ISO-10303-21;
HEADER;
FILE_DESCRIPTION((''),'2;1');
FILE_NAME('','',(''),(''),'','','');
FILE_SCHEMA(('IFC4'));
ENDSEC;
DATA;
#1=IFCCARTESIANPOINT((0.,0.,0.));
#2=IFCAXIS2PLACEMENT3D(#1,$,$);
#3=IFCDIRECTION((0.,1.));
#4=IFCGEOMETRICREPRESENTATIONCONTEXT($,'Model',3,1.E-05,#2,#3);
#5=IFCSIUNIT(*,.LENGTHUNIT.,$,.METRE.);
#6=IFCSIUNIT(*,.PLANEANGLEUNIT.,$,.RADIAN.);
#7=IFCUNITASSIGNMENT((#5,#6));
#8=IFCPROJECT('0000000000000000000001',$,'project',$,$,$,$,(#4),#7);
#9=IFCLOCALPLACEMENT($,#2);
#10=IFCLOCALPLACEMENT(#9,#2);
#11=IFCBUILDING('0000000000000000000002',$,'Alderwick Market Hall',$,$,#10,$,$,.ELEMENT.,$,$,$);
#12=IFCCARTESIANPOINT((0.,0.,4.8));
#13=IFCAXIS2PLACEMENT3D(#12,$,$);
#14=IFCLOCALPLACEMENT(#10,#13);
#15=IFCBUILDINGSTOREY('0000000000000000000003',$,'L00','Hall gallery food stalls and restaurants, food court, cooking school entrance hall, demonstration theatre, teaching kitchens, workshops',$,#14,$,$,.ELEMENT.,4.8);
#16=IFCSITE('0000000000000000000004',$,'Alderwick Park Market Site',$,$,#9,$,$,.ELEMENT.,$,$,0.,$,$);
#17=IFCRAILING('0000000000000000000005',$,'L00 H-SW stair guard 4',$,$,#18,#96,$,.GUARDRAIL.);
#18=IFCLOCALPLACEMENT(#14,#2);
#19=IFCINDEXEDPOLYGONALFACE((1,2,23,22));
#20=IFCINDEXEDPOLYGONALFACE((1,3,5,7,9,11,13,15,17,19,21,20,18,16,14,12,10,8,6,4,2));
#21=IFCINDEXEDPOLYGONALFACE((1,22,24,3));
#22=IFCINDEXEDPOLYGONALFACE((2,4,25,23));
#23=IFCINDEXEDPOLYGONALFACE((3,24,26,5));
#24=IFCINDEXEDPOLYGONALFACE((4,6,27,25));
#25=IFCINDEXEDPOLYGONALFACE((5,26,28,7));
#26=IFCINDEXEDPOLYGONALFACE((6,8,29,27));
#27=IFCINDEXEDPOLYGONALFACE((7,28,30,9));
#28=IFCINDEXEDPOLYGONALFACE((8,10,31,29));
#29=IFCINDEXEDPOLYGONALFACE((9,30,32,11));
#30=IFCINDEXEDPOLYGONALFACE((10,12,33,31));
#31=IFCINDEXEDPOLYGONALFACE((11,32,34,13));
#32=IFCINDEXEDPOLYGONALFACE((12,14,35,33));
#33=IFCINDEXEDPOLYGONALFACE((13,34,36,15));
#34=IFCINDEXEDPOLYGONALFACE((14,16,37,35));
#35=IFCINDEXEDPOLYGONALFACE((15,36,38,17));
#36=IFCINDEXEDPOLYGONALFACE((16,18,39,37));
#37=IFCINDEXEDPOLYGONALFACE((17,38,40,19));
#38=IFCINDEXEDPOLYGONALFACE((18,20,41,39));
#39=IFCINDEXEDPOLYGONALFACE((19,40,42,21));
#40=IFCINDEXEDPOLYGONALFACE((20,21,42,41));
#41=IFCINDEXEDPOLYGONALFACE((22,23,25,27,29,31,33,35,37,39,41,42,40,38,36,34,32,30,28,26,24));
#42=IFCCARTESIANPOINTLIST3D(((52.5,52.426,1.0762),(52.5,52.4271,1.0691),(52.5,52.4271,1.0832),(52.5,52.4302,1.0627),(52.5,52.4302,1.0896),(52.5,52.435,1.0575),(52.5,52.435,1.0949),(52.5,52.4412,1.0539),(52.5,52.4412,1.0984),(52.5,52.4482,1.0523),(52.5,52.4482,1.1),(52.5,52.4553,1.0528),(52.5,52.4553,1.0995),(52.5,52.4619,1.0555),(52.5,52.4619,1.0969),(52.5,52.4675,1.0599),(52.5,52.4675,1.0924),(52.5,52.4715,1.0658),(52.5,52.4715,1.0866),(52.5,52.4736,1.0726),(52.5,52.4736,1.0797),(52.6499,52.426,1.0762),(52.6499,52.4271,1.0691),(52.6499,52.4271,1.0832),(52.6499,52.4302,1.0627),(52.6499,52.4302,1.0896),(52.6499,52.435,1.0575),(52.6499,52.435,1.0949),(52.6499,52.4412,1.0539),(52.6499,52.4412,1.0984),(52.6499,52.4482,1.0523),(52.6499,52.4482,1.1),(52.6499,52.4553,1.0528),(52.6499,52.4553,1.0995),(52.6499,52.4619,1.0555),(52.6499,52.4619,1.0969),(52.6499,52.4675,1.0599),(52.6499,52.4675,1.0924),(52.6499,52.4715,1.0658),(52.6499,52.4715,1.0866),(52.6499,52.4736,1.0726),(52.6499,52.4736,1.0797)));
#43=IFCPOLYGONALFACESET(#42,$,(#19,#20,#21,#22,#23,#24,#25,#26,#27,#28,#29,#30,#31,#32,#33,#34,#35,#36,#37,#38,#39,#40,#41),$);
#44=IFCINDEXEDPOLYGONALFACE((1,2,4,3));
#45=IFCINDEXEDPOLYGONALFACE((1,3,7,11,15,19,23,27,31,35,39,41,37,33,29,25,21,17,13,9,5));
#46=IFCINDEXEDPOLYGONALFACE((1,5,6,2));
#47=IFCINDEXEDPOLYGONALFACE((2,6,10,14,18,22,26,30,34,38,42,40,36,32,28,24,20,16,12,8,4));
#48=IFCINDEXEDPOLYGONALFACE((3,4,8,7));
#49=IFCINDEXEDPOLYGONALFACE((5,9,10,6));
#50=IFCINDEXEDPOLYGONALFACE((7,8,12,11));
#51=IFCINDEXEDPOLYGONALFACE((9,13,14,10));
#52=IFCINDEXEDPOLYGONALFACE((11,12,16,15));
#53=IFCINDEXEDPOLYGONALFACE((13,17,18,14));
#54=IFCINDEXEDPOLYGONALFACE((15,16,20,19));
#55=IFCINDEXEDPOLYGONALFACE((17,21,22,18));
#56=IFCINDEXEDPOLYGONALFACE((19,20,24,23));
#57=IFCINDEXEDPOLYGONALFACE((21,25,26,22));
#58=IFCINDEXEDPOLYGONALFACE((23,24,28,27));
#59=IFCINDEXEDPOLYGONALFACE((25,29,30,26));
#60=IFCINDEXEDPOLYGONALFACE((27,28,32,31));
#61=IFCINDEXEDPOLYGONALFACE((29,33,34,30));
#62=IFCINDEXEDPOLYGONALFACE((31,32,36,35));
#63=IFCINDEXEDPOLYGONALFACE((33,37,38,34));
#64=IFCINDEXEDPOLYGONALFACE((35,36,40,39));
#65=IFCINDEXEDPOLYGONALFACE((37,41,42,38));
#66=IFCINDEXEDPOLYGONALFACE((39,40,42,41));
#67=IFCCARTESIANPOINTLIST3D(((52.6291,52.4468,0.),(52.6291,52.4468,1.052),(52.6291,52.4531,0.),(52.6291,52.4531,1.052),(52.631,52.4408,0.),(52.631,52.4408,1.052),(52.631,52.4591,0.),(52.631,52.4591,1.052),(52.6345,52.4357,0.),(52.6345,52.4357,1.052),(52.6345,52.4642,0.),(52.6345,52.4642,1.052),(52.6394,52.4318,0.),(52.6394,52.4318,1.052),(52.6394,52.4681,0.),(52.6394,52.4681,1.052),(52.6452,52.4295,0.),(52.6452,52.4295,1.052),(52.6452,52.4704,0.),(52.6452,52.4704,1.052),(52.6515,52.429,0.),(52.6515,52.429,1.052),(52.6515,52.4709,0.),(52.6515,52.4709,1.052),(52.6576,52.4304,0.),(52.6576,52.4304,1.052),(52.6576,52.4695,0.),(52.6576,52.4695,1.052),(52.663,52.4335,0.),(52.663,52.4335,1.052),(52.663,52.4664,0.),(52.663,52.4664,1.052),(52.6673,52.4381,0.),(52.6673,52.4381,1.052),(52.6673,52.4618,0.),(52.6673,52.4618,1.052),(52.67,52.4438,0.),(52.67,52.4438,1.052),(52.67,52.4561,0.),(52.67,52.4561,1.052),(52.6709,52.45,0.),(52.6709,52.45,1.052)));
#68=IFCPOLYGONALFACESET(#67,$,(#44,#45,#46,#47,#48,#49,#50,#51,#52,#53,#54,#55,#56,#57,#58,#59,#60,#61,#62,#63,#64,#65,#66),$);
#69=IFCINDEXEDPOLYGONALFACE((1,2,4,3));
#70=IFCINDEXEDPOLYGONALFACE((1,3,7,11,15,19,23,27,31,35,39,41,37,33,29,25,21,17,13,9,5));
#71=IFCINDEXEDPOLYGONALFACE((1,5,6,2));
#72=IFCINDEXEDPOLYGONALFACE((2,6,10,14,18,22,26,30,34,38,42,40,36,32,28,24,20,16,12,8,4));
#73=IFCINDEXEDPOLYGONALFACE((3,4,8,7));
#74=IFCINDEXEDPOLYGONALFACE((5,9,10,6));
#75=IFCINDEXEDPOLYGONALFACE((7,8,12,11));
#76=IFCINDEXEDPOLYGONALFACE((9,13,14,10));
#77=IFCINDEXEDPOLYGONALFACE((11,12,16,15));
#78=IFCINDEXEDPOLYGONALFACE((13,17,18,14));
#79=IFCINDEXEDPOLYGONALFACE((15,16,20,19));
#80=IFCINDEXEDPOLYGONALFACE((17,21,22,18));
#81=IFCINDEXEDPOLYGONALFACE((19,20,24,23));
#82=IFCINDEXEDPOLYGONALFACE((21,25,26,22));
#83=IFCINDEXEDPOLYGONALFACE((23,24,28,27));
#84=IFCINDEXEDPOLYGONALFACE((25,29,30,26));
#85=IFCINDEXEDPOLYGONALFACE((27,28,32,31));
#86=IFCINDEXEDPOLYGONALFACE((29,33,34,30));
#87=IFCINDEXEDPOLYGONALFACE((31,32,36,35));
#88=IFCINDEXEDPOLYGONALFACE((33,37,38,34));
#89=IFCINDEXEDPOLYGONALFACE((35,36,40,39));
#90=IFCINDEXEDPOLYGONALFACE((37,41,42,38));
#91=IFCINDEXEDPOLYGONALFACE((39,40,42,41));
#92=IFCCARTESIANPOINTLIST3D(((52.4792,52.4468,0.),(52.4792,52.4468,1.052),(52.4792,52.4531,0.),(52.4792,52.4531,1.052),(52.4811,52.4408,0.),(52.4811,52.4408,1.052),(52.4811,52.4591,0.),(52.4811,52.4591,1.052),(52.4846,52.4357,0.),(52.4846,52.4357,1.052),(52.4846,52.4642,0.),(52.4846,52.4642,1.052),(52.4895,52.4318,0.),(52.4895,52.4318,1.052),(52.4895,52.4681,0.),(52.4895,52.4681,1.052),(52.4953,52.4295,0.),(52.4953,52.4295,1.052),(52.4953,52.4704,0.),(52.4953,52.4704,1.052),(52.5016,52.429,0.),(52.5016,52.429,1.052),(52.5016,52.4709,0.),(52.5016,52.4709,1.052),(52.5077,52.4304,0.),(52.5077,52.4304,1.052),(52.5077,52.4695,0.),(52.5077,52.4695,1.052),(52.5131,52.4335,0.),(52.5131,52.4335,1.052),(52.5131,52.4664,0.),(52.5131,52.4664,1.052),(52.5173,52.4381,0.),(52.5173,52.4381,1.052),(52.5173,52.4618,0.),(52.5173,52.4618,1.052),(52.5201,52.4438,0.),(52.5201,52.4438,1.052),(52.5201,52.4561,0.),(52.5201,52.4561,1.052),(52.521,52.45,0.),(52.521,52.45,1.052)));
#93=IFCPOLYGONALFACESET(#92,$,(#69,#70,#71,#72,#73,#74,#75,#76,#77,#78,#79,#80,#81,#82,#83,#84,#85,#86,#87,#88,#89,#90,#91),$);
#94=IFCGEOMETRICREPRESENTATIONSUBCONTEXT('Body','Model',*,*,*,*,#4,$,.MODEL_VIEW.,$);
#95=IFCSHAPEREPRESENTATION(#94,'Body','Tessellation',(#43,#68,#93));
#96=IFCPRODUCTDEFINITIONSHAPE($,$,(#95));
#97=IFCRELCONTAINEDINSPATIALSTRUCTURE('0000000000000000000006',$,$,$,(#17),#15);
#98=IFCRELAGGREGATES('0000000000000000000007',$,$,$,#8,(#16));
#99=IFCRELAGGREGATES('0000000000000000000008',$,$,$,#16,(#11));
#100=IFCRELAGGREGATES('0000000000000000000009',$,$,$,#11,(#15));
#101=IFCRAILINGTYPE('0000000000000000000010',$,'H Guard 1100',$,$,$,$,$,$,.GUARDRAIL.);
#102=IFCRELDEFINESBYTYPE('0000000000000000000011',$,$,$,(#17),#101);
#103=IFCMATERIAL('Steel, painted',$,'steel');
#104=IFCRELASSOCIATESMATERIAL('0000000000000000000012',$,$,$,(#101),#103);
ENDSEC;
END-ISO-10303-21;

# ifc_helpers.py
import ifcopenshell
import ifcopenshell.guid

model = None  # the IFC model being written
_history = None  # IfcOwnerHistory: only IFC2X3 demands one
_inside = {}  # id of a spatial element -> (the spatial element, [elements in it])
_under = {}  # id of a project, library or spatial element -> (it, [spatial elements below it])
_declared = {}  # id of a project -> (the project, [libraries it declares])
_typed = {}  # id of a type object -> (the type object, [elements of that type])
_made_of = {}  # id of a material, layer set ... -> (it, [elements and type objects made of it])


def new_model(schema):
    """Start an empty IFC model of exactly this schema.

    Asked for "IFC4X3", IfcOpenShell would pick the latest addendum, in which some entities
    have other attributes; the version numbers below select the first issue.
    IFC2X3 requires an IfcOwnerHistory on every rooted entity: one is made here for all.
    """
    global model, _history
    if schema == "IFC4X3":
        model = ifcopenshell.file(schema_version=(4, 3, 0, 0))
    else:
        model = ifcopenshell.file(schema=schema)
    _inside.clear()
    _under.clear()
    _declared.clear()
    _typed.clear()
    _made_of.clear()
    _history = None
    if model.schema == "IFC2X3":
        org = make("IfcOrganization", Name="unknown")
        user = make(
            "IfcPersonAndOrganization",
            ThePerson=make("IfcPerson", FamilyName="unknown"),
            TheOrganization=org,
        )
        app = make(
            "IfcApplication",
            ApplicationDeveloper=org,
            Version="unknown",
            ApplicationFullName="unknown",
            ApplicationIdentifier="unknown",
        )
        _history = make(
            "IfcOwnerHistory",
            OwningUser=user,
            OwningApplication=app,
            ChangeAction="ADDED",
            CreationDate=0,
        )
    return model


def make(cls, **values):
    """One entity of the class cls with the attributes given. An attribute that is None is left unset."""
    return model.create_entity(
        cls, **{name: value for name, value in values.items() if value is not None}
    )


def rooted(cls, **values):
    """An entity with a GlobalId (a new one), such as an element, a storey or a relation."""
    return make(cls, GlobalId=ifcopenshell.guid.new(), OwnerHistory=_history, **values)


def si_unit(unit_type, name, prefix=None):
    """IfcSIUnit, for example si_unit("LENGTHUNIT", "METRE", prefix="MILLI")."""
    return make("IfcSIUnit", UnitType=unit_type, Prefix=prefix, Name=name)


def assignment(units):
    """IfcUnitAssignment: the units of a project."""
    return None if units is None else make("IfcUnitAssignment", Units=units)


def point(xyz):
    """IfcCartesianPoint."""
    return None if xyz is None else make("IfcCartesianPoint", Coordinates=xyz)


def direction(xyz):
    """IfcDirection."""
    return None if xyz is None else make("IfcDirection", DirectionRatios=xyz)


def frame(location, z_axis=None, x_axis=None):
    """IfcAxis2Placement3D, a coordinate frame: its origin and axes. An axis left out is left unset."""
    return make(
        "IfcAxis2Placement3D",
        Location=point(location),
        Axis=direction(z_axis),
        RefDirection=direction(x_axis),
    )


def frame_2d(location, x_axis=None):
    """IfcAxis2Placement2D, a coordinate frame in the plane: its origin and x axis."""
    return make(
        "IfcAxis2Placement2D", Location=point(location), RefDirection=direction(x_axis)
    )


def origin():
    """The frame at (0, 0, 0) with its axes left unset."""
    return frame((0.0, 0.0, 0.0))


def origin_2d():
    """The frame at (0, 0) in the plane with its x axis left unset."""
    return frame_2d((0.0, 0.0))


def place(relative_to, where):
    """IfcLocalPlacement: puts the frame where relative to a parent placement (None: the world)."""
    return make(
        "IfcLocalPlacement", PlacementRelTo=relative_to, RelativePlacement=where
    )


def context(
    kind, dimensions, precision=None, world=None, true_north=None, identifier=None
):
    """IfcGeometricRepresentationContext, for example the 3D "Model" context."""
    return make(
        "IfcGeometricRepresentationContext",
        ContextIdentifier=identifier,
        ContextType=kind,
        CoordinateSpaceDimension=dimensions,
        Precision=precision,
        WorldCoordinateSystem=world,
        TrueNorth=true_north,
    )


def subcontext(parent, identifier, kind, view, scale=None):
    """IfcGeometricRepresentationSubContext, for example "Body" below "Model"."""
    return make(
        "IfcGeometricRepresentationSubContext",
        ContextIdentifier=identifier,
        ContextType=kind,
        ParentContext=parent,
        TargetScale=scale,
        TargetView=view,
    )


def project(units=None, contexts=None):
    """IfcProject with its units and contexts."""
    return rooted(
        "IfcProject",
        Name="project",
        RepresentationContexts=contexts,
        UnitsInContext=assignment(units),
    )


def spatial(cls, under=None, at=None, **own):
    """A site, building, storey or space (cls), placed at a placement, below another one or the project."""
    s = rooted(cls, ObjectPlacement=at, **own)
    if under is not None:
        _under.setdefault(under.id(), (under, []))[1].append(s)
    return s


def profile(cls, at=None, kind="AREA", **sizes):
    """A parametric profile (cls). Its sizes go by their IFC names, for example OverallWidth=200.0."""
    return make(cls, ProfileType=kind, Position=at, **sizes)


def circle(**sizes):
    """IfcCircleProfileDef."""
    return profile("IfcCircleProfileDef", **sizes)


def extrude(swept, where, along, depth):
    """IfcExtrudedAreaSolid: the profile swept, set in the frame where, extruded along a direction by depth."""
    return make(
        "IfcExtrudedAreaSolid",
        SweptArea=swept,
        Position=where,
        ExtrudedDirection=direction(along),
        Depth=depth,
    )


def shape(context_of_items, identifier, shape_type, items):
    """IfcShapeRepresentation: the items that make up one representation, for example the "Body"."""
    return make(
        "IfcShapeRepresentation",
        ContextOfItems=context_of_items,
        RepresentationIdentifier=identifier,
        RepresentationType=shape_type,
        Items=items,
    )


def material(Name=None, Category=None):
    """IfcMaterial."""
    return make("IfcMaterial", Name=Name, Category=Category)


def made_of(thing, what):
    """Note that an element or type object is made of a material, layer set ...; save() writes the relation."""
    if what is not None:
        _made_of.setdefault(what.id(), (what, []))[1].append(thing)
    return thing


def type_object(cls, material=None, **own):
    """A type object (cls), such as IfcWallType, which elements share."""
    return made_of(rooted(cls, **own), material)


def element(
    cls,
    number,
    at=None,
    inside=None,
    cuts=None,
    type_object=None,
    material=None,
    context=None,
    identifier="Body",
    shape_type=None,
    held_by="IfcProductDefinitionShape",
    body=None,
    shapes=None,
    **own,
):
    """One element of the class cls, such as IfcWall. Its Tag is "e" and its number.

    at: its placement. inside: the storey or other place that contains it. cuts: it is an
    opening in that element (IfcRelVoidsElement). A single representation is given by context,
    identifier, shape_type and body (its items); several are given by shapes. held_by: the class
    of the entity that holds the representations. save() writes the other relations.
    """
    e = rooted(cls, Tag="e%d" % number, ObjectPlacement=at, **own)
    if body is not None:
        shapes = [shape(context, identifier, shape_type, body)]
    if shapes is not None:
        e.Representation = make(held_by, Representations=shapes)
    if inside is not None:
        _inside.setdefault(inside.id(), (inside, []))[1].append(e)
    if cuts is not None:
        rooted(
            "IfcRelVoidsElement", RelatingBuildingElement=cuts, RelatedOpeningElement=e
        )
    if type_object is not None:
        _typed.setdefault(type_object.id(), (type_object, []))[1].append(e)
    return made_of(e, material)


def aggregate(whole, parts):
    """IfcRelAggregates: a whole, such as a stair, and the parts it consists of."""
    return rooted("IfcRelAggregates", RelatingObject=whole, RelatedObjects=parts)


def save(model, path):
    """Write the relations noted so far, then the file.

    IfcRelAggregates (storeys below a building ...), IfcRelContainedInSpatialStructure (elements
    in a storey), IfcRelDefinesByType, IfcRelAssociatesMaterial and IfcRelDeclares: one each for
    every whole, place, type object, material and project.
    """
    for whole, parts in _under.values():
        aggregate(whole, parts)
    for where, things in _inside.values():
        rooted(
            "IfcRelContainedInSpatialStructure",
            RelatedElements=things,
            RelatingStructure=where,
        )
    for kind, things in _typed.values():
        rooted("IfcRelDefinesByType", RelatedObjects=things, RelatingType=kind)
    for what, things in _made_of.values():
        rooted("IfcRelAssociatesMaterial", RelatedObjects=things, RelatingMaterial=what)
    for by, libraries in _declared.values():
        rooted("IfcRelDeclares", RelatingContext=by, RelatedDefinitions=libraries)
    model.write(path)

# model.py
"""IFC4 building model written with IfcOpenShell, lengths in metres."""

from ifc_helpers import new_model, si_unit, direction, frame, origin, origin_2d, place, context, subcontext, project, spatial, circle, extrude, material, type_object, element, save


model = new_model("IFC4")

# Units and contexts
model_context = context("Model", 3, precision=1e-05, world=origin(), true_north=direction((0.0, 1.0)))
body_context = subcontext(model_context, "Body", "Model", "MODEL_VIEW")
ifc_project = project(units=[si_unit("LENGTHUNIT", "METRE"), si_unit("PLANEANGLEUNIT", "RADIAN")], contexts=[model_context])

# Site, building, storey
site_placement = place(None, origin())
site = spatial("IfcSite", under=ifc_project, at=site_placement, Name="Alderwick Park Market Site", CompositionType="ELEMENT", RefElevation=0.0)
building_placement = place(site_placement, origin())
building = spatial("IfcBuilding", under=site, at=building_placement, Name="Alderwick Market Hall", CompositionType="ELEMENT")
storey_placement = place(building_placement, frame((0.0, 0.0, 4.8)))
storey = spatial("IfcBuildingStorey", under=building, at=storey_placement, Name="L00", Description="Hall gallery food stalls and restaurants, food court, cooking school entrance hall, demonstration theatre, teaching kitchens, workshops", CompositionType="ELEMENT", Elevation=4.8)

# Railing
ifc_material_1 = material(Name="Steel, painted", Category="steel")
railing_type_1 = type_object("IfcRailingType", Name="H Guard 1100", PredefinedType="GUARDRAIL", material=ifc_material_1)
railing_1_placement = place(storey_placement, frame((52.6499, 52.45, 0.0)))
element("IfcRailing", 1, at=railing_1_placement, inside=storey, type_object=railing_type_1, Name="L00 H-SW stair guard 4", PredefinedType="GUARDRAIL", context=body_context, shape_type="SweptSolid", body=[
    extrude(circle(Radius=0.0239, at=origin_2d()), frame((0.0, 0.0, 1.0762), z_axis=(-1.0, 0.0, 0.0), x_axis=(0.0, -1.0, 0.0)), (0.0, 0.0, 1.0), 0.1499),
    extrude(circle(Radius=0.021, at=origin_2d()), origin(), (0.0, 0.0, 1.0), 1.052),
    extrude(circle(Radius=0.021, at=origin_2d()), frame((-0.1499, 0.0, 0.0)), (0.0, 0.0, 1.0), 1.052),
])

save(model, "model.ifc")
